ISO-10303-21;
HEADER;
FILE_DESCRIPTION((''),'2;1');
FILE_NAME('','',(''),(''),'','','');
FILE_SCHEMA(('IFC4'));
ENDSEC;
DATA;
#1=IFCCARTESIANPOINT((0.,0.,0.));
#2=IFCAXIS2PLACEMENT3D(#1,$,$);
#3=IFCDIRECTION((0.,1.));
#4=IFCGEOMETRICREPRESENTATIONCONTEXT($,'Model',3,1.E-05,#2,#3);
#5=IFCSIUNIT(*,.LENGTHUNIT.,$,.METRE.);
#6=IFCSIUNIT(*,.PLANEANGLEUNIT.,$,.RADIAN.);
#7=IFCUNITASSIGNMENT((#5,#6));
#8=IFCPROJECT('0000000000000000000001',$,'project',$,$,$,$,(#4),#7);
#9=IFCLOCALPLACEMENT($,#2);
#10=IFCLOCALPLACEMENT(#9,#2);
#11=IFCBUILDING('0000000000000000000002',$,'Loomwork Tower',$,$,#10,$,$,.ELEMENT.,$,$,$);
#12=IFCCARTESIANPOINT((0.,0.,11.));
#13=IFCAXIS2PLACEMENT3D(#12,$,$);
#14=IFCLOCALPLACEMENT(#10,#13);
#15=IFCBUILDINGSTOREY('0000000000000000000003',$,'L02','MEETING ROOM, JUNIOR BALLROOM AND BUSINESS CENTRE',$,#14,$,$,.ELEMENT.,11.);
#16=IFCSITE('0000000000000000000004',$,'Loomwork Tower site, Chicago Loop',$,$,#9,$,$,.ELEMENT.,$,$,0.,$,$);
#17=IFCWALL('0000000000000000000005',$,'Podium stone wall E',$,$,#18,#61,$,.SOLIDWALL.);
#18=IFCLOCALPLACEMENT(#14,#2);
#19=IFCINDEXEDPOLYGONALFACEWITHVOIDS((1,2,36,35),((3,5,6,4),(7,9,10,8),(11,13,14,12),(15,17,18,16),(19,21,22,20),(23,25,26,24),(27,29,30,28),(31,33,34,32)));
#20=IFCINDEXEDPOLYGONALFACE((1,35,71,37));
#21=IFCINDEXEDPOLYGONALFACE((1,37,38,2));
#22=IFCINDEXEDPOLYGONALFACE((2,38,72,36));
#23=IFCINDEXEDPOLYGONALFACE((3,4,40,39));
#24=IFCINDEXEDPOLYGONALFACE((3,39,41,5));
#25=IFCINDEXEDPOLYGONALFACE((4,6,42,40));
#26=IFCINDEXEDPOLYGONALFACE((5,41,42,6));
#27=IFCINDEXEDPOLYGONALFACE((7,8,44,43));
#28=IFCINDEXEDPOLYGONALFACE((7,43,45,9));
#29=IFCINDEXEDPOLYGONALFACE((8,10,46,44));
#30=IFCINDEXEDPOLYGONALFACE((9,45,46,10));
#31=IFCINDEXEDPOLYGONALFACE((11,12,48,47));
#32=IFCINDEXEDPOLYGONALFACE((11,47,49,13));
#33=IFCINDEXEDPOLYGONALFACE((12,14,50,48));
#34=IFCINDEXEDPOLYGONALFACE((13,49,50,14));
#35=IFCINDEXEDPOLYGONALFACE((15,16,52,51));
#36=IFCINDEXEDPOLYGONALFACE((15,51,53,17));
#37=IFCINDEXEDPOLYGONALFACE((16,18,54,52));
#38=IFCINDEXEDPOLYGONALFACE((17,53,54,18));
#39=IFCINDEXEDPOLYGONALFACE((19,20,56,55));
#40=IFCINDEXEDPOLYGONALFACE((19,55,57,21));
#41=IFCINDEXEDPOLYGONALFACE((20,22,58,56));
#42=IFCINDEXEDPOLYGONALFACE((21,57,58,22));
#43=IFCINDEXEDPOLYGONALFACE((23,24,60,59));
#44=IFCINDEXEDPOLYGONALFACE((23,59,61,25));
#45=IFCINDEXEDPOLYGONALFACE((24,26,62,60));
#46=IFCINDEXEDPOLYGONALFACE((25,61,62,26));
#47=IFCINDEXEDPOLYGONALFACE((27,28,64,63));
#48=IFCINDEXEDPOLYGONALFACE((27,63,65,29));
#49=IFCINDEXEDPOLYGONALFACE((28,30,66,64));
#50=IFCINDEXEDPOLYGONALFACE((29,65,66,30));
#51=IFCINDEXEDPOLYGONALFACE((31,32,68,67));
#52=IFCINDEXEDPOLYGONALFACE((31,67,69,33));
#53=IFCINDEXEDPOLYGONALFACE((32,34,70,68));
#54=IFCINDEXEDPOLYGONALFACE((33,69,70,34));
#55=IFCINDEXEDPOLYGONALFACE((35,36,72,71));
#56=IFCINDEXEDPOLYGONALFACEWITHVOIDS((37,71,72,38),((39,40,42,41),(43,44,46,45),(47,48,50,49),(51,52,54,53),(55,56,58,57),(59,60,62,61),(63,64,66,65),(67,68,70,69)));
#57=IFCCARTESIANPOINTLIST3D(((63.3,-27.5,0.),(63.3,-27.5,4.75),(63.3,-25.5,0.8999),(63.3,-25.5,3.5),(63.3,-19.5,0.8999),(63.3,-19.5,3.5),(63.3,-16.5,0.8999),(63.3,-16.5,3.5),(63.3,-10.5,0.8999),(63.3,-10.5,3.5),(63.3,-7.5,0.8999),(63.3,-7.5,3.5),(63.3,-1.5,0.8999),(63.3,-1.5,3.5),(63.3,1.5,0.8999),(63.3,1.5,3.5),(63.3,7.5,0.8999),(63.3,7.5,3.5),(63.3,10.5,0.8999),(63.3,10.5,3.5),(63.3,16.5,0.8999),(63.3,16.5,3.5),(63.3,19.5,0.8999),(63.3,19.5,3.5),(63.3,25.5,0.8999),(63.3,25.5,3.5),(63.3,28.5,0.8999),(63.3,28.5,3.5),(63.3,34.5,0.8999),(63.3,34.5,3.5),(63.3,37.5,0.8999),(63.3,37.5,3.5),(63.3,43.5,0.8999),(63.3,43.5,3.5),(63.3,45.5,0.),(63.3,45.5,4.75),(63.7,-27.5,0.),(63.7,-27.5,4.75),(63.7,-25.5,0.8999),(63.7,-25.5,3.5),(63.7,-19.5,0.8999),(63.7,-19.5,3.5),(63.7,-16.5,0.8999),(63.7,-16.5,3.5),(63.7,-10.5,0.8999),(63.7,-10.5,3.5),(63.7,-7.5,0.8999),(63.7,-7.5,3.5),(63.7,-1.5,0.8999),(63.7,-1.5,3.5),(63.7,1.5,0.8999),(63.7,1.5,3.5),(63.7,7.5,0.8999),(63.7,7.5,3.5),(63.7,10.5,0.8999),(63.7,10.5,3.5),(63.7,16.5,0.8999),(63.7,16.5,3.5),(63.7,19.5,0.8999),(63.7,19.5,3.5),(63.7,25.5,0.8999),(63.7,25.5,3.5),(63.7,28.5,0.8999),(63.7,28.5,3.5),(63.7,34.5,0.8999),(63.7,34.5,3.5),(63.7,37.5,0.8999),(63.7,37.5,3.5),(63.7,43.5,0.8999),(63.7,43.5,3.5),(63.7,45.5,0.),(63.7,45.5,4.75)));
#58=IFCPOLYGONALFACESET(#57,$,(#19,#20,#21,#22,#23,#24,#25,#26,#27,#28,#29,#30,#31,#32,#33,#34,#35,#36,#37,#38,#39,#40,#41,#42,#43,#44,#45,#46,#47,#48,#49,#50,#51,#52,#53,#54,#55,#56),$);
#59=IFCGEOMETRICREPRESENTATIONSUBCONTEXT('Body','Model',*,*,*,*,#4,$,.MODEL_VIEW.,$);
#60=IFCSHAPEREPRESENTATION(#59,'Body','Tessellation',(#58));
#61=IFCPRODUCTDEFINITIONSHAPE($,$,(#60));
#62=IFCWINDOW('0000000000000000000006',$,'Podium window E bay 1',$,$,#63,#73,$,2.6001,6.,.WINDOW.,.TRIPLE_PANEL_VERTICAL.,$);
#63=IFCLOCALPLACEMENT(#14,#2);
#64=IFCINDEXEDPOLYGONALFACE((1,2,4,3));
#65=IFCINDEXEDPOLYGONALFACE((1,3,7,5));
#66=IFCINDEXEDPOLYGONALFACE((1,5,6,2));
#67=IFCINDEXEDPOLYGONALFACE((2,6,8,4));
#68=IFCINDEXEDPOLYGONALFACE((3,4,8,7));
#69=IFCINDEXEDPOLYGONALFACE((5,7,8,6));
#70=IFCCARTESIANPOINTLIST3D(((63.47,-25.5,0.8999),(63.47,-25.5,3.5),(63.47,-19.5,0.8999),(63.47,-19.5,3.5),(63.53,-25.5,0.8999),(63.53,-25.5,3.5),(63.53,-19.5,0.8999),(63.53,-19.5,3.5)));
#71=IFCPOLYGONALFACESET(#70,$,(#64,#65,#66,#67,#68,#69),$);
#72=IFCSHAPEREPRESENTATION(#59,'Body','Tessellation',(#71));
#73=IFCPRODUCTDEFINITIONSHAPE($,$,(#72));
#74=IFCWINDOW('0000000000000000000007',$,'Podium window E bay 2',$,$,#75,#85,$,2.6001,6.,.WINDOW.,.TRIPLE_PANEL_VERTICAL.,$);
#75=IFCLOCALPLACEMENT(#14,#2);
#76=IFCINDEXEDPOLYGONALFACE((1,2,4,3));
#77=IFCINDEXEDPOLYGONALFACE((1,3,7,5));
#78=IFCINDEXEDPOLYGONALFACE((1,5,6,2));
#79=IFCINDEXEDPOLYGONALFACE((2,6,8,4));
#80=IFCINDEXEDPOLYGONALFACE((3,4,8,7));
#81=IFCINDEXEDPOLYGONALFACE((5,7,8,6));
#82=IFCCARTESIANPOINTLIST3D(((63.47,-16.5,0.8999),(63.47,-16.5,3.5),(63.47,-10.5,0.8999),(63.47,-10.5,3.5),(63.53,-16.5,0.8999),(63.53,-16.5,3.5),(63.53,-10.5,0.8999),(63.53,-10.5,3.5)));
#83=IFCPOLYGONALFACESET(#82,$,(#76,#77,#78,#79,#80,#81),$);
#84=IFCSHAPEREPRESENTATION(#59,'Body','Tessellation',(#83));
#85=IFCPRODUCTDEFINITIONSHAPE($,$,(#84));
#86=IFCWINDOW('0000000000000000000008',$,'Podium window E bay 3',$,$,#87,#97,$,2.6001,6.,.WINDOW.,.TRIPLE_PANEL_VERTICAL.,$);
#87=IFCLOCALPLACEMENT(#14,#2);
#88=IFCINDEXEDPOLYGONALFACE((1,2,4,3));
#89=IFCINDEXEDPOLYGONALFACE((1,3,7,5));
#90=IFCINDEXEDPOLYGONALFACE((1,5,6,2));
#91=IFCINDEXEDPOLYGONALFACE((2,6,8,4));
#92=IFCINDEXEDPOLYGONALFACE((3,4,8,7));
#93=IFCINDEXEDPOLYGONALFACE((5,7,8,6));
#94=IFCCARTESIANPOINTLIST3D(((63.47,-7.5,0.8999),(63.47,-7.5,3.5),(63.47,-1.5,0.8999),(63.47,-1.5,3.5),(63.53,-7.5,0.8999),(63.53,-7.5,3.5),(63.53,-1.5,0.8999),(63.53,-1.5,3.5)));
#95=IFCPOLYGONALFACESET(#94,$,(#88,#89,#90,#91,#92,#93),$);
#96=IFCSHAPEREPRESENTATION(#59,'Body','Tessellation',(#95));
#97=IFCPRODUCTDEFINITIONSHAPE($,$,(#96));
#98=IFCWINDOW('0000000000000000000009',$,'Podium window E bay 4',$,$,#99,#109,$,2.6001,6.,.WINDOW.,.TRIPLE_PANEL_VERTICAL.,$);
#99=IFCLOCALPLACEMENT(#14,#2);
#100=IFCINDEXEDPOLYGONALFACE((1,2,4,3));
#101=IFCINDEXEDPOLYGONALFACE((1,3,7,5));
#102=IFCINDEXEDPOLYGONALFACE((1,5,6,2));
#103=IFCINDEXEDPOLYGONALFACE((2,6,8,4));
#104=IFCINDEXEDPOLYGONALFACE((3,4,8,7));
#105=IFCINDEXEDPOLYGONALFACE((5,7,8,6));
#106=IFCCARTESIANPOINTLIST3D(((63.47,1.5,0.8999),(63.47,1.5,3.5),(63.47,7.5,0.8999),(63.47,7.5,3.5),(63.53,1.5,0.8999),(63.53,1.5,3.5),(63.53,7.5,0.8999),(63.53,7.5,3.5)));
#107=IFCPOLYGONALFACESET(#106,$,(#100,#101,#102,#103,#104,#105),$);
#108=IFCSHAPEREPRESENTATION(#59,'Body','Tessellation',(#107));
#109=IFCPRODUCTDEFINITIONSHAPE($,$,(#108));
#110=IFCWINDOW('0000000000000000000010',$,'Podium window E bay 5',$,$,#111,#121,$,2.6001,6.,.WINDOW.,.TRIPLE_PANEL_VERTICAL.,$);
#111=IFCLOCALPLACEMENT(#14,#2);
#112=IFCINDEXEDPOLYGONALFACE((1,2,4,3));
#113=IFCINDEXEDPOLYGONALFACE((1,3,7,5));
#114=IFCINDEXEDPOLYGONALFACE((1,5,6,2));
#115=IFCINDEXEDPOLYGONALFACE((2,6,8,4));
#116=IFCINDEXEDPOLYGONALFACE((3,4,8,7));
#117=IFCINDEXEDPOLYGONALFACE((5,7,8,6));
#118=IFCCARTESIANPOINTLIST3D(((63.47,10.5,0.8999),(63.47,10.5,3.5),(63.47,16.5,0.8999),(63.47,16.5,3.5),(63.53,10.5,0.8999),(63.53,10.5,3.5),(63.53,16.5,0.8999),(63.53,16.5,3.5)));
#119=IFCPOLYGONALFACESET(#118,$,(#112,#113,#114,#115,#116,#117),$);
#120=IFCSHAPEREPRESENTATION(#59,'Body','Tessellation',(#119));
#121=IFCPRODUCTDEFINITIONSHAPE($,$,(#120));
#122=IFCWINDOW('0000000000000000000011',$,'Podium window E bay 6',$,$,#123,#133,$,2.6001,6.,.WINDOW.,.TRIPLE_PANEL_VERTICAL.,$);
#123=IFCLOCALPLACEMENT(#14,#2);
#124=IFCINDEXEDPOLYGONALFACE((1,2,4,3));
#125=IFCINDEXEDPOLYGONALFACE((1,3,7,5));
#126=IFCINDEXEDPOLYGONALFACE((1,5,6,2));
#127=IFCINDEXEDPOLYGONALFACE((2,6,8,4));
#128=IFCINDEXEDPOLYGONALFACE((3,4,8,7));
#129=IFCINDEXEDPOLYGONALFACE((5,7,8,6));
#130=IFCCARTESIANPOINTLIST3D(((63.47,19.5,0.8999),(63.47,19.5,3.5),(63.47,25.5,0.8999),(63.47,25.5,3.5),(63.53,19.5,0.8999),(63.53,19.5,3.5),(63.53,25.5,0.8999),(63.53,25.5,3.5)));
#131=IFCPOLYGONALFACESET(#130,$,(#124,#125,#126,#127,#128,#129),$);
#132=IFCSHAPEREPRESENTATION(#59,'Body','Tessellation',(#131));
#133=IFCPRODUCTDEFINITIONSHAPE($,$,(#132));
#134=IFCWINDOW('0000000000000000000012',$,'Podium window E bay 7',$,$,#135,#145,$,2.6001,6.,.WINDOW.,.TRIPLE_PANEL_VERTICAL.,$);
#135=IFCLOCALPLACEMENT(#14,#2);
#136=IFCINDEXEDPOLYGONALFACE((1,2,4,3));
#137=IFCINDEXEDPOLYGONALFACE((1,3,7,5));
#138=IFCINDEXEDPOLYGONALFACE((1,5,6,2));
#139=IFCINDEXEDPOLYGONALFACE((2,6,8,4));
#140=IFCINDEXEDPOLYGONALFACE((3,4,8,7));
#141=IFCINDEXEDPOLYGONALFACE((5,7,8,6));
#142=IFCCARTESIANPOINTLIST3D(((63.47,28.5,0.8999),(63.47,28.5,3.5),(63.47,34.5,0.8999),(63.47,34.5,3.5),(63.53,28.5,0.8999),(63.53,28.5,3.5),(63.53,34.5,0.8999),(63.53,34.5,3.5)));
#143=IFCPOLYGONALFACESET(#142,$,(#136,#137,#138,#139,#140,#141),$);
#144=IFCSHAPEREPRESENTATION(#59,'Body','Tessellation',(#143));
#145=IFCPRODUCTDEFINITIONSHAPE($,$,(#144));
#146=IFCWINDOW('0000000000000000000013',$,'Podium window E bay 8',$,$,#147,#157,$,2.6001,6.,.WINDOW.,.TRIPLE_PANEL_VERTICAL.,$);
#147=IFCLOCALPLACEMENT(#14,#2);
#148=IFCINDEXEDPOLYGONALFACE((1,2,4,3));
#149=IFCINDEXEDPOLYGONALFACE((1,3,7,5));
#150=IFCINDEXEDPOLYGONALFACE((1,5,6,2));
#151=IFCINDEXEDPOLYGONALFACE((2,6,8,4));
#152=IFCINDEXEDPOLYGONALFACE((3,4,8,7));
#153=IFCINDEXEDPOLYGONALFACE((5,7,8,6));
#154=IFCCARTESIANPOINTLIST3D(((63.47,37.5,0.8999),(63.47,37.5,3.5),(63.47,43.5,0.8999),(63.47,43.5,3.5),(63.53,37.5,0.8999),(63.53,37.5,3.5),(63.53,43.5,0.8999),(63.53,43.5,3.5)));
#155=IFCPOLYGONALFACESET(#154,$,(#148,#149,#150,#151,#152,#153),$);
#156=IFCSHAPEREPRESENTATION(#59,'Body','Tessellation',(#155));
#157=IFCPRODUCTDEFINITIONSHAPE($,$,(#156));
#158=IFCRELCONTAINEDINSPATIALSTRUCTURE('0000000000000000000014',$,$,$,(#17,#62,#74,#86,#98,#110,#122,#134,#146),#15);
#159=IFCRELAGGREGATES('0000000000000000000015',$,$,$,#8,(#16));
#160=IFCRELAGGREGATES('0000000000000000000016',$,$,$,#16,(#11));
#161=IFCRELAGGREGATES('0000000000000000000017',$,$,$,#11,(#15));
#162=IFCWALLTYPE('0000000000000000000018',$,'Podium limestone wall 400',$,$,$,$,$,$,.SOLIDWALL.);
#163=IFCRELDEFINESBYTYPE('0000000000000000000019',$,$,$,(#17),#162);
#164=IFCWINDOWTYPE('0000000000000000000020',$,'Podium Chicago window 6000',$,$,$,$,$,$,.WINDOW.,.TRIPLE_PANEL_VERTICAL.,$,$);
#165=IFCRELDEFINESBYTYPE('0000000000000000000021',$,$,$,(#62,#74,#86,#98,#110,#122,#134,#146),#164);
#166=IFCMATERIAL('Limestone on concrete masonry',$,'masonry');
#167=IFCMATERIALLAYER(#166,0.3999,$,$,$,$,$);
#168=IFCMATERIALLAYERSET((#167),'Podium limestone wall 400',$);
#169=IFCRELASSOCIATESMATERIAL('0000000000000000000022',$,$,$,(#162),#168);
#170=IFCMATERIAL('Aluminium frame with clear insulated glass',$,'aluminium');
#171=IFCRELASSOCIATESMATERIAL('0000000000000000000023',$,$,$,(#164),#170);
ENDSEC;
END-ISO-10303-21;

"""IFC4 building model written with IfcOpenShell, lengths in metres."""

from ifc_helpers import new_model, si_unit, direction, frame, frame_2d, origin, place, context, subcontext, project, spatial, rectangle, extrude, material, layer, layer_set, type_object, element, fill, save


model = new_model("IFC4")

# Units and contexts
model_context = context("Model", 3, precision=1e-05, world=origin(), true_north=direction((0.0, 1.0)))
body_context = subcontext(model_context, "Body", "Model", "MODEL_VIEW")
ifc_project = project(units=[si_unit("LENGTHUNIT", "METRE"), si_unit("PLANEANGLEUNIT", "RADIAN")], contexts=[model_context])

# Site, building, storey
site_placement = place(None, origin())
site = spatial("IfcSite", under=ifc_project, at=site_placement, Name="Loomwork Tower site, Chicago Loop", CompositionType="ELEMENT", RefElevation=0.0)
building_placement = place(site_placement, origin())
building = spatial("IfcBuilding", under=site, at=building_placement, Name="Loomwork Tower", CompositionType="ELEMENT")
storey_placement = place(building_placement, frame((0.0, 0.0, 11.0)))
storey = spatial("IfcBuildingStorey", under=building, at=storey_placement, Name="L02", Description="MEETING ROOM, JUNIOR BALLROOM AND BUSINESS CENTRE", CompositionType="ELEMENT", Elevation=11.0)

# Wall, openings, windows
ifc_material_1 = material(Name="Limestone on concrete masonry", Category="masonry")
ifc_layer_1 = layer(ifc_material_1, 0.3999)
ifc_layer_set_1 = layer_set([ifc_layer_1], Name="Podium limestone wall 400")
wall_type_1 = type_object("IfcWallType", Name="Podium limestone wall 400", PredefinedType="SOLIDWALL", material=ifc_layer_set_1)
wall_1_placement = place(storey_placement, frame((63.5, -27.5, 0.0), z_axis=(0.0, 0.0, 1.0), x_axis=(0.0, 1.0, 0.0)))
wall_1 = element("IfcWall", 1, at=wall_1_placement, inside=storey, type_object=wall_type_1, Name="Podium stone wall E", PredefinedType="SOLIDWALL", context=body_context, shape_type="SweptSolid", body=[
    extrude(rectangle(XDim=73.0, YDim=0.3999, at=frame_2d((36.5, 0.0))), origin(), (0.0, 0.0, 1.0), 4.75),
])
opening_1_placement = place(wall_1_placement, frame((2.0, 0.0, 0.8999)))
opening_1 = element("IfcOpeningElement", 2, at=opening_1_placement, cuts=wall_1, PredefinedType="OPENING", context=body_context, shape_type="SweptSolid", body=[
    extrude(rectangle(XDim=6.0, YDim=2.6001, at=frame_2d((3.0, 1.3))), frame((0.0, 0.21, 0.0), z_axis=(0.0, -1.0, 0.0), x_axis=(1.0, 0.0, 0.0)), (0.0, 0.0, 1.0), 0.4199),
])
opening_2_placement = place(wall_1_placement, frame((11.0, 0.0, 0.8999)))
opening_2 = element("IfcOpeningElement", 3, at=opening_2_placement, cuts=wall_1, PredefinedType="OPENING", context=body_context, shape_type="SweptSolid", body=[
    extrude(rectangle(XDim=6.0, YDim=2.6001, at=frame_2d((3.0, 1.3))), frame((0.0, 0.21, 0.0), z_axis=(0.0, -1.0, 0.0), x_axis=(1.0, 0.0, 0.0)), (0.0, 0.0, 1.0), 0.4199),
])
opening_3_placement = place(wall_1_placement, frame((20.0, 0.0, 0.8999)))
opening_3 = element("IfcOpeningElement", 4, at=opening_3_placement, cuts=wall_1, PredefinedType="OPENING", context=body_context, shape_type="SweptSolid", body=[
    extrude(rectangle(XDim=6.0, YDim=2.6001, at=frame_2d((3.0, 1.3))), frame((0.0, 0.21, 0.0), z_axis=(0.0, -1.0, 0.0), x_axis=(1.0, 0.0, 0.0)), (0.0, 0.0, 1.0), 0.4199),
])
opening_4_placement = place(wall_1_placement, frame((29.0, 0.0, 0.8999)))
opening_4 = element("IfcOpeningElement", 5, at=opening_4_placement, cuts=wall_1, PredefinedType="OPENING", context=body_context, shape_type="SweptSolid", body=[
    extrude(rectangle(XDim=6.0, YDim=2.6001, at=frame_2d((3.0, 1.3))), frame((0.0, 0.21, 0.0), z_axis=(0.0, -1.0, 0.0), x_axis=(1.0, 0.0, 0.0)), (0.0, 0.0, 1.0), 0.4199),
])
opening_5_placement = place(wall_1_placement, frame((38.0, 0.0, 0.8999)))
opening_5 = element("IfcOpeningElement", 6, at=opening_5_placement, cuts=wall_1, PredefinedType="OPENING", context=body_context, shape_type="SweptSolid", body=[
    extrude(rectangle(XDim=6.0, YDim=2.6001, at=frame_2d((3.0, 1.3))), frame((0.0, 0.21, 0.0), z_axis=(0.0, -1.0, 0.0), x_axis=(1.0, 0.0, 0.0)), (0.0, 0.0, 1.0), 0.4199),
])
opening_6_placement = place(wall_1_placement, frame((47.0, 0.0, 0.8999)))
opening_6 = element("IfcOpeningElement", 7, at=opening_6_placement, cuts=wall_1, PredefinedType="OPENING", context=body_context, shape_type="SweptSolid", body=[
    extrude(rectangle(XDim=6.0, YDim=2.6001, at=frame_2d((3.0, 1.3))), frame((0.0, 0.21, 0.0), z_axis=(0.0, -1.0, 0.0), x_axis=(1.0, 0.0, 0.0)), (0.0, 0.0, 1.0), 0.4199),
])
opening_7_placement = place(wall_1_placement, frame((56.0, 0.0, 0.8999)))
opening_7 = element("IfcOpeningElement", 8, at=opening_7_placement, cuts=wall_1, PredefinedType="OPENING", context=body_context, shape_type="SweptSolid", body=[
    extrude(rectangle(XDim=6.0, YDim=2.6001, at=frame_2d((3.0, 1.3))), frame((0.0, 0.21, 0.0), z_axis=(0.0, -1.0, 0.0), x_axis=(1.0, 0.0, 0.0)), (0.0, 0.0, 1.0), 0.4199),
])
opening_8_placement = place(wall_1_placement, frame((65.0, 0.0, 0.8999)))
opening_8 = element("IfcOpeningElement", 9, at=opening_8_placement, cuts=wall_1, PredefinedType="OPENING", context=body_context, shape_type="SweptSolid", body=[
    extrude(rectangle(XDim=6.0, YDim=2.6001, at=frame_2d((3.0, 1.3))), frame((0.0, 0.21, 0.0), z_axis=(0.0, -1.0, 0.0), x_axis=(1.0, 0.0, 0.0)), (0.0, 0.0, 1.0), 0.4199),
])
ifc_material_2 = material(Name="Aluminium frame with clear insulated glass", Category="aluminium")
window_type = type_object("IfcWindowType", Name="Podium Chicago window 6000", PartitioningType="TRIPLE_PANEL_VERTICAL", PredefinedType="WINDOW", material=ifc_material_2)
window_1_placement = place(opening_1_placement, origin())
window_1 = element("IfcWindow", 10, at=window_1_placement, inside=storey, type_object=window_type, Name="Podium window E bay 1", OverallHeight=2.6001, OverallWidth=6.0, PartitioningType="TRIPLE_PANEL_VERTICAL", PredefinedType="WINDOW", context=body_context, shape_type="SweptSolid", body=[
    extrude(rectangle(XDim=6.0, YDim=2.6001, at=frame_2d((3.0, 1.3))), frame((0.0, 0.03, 0.0), z_axis=(0.0, -1.0, 0.0), x_axis=(1.0, 0.0, 0.0)), (0.0, 0.0, 1.0), 0.0601),
])
fill(opening_1, window_1)
window_2_placement = place(opening_2_placement, origin())
window_2 = element("IfcWindow", 11, at=window_2_placement, inside=storey, type_object=window_type, Name="Podium window E bay 2", OverallHeight=2.6001, OverallWidth=6.0, PartitioningType="TRIPLE_PANEL_VERTICAL", PredefinedType="WINDOW", context=body_context, shape_type="SweptSolid", body=[
    extrude(rectangle(XDim=6.0, YDim=2.6001, at=frame_2d((3.0, 1.3))), frame((0.0, 0.03, 0.0), z_axis=(0.0, -1.0, 0.0), x_axis=(1.0, 0.0, 0.0)), (0.0, 0.0, 1.0), 0.0601),
])
fill(opening_2, window_2)
window_3_placement = place(opening_3_placement, origin())
window_3 = element("IfcWindow", 12, at=window_3_placement, inside=storey, type_object=window_type, Name="Podium window E bay 3", OverallHeight=2.6001, OverallWidth=6.0, PartitioningType="TRIPLE_PANEL_VERTICAL", PredefinedType="WINDOW", context=body_context, shape_type="SweptSolid", body=[
    extrude(rectangle(XDim=6.0, YDim=2.6001, at=frame_2d((3.0, 1.3))), frame((0.0, 0.03, 0.0), z_axis=(0.0, -1.0, 0.0), x_axis=(1.0, 0.0, 0.0)), (0.0, 0.0, 1.0), 0.0601),
])
fill(opening_3, window_3)
window_4_placement = place(opening_4_placement, origin())
window_4 = element("IfcWindow", 13, at=window_4_placement, inside=storey, type_object=window_type, Name="Podium window E bay 4", OverallHeight=2.6001, OverallWidth=6.0, PartitioningType="TRIPLE_PANEL_VERTICAL", PredefinedType="WINDOW", context=body_context, shape_type="SweptSolid", body=[
    extrude(rectangle(XDim=6.0, YDim=2.6001, at=frame_2d((3.0, 1.3))), frame((0.0, 0.03, 0.0), z_axis=(0.0, -1.0, 0.0), x_axis=(1.0, 0.0, 0.0)), (0.0, 0.0, 1.0), 0.0601),
])
fill(opening_4, window_4)
window_5_placement = place(opening_5_placement, origin())
window_5 = element("IfcWindow", 14, at=window_5_placement, inside=storey, type_object=window_type, Name="Podium window E bay 5", OverallHeight=2.6001, OverallWidth=6.0, PartitioningType="TRIPLE_PANEL_VERTICAL", PredefinedType="WINDOW", context=body_context, shape_type="SweptSolid", body=[
    extrude(rectangle(XDim=6.0, YDim=2.6001, at=frame_2d((3.0, 1.3))), frame((0.0, 0.03, 0.0), z_axis=(0.0, -1.0, 0.0), x_axis=(1.0, 0.0, 0.0)), (0.0, 0.0, 1.0), 0.0601),
])
fill(opening_5, window_5)
window_6_placement = place(opening_6_placement, origin())
window_6 = element("IfcWindow", 15, at=window_6_placement, inside=storey, type_object=window_type, Name="Podium window E bay 6", OverallHeight=2.6001, OverallWidth=6.0, PartitioningType="TRIPLE_PANEL_VERTICAL", PredefinedType="WINDOW", context=body_context, shape_type="SweptSolid", body=[
    extrude(rectangle(XDim=6.0, YDim=2.6001, at=frame_2d((3.0, 1.3))), frame((0.0, 0.03, 0.0), z_axis=(0.0, -1.0, 0.0), x_axis=(1.0, 0.0, 0.0)), (0.0, 0.0, 1.0), 0.0601),
])
fill(opening_6, window_6)
window_7_placement = place(opening_7_placement, origin())
window_7 = element("IfcWindow", 16, at=window_7_placement, inside=storey, type_object=window_type, Name="Podium window E bay 7", OverallHeight=2.6001, OverallWidth=6.0, PartitioningType="TRIPLE_PANEL_VERTICAL", PredefinedType="WINDOW", context=body_context, shape_type="SweptSolid", body=[
    extrude(rectangle(XDim=6.0, YDim=2.6001, at=frame_2d((3.0, 1.3))), frame((0.0, 0.03, 0.0), z_axis=(0.0, -1.0, 0.0), x_axis=(1.0, 0.0, 0.0)), (0.0, 0.0, 1.0), 0.0601),
])
fill(opening_7, window_7)
window_8_placement = place(opening_8_placement, origin())
window_8 = element("IfcWindow", 17, at=window_8_placement, inside=storey, type_object=window_type, Name="Podium window E bay 8", OverallHeight=2.6001, OverallWidth=6.0, PartitioningType="TRIPLE_PANEL_VERTICAL", PredefinedType="WINDOW", context=body_context, shape_type="SweptSolid", body=[
    extrude(rectangle(XDim=6.0, YDim=2.6001, at=frame_2d((3.0, 1.3))), frame((0.0, 0.03, 0.0), z_axis=(0.0, -1.0, 0.0), x_axis=(1.0, 0.0, 0.0)), (0.0, 0.0, 1.0), 0.0601),
])
fill(opening_8, window_8)

save(model, "model.ifc")
